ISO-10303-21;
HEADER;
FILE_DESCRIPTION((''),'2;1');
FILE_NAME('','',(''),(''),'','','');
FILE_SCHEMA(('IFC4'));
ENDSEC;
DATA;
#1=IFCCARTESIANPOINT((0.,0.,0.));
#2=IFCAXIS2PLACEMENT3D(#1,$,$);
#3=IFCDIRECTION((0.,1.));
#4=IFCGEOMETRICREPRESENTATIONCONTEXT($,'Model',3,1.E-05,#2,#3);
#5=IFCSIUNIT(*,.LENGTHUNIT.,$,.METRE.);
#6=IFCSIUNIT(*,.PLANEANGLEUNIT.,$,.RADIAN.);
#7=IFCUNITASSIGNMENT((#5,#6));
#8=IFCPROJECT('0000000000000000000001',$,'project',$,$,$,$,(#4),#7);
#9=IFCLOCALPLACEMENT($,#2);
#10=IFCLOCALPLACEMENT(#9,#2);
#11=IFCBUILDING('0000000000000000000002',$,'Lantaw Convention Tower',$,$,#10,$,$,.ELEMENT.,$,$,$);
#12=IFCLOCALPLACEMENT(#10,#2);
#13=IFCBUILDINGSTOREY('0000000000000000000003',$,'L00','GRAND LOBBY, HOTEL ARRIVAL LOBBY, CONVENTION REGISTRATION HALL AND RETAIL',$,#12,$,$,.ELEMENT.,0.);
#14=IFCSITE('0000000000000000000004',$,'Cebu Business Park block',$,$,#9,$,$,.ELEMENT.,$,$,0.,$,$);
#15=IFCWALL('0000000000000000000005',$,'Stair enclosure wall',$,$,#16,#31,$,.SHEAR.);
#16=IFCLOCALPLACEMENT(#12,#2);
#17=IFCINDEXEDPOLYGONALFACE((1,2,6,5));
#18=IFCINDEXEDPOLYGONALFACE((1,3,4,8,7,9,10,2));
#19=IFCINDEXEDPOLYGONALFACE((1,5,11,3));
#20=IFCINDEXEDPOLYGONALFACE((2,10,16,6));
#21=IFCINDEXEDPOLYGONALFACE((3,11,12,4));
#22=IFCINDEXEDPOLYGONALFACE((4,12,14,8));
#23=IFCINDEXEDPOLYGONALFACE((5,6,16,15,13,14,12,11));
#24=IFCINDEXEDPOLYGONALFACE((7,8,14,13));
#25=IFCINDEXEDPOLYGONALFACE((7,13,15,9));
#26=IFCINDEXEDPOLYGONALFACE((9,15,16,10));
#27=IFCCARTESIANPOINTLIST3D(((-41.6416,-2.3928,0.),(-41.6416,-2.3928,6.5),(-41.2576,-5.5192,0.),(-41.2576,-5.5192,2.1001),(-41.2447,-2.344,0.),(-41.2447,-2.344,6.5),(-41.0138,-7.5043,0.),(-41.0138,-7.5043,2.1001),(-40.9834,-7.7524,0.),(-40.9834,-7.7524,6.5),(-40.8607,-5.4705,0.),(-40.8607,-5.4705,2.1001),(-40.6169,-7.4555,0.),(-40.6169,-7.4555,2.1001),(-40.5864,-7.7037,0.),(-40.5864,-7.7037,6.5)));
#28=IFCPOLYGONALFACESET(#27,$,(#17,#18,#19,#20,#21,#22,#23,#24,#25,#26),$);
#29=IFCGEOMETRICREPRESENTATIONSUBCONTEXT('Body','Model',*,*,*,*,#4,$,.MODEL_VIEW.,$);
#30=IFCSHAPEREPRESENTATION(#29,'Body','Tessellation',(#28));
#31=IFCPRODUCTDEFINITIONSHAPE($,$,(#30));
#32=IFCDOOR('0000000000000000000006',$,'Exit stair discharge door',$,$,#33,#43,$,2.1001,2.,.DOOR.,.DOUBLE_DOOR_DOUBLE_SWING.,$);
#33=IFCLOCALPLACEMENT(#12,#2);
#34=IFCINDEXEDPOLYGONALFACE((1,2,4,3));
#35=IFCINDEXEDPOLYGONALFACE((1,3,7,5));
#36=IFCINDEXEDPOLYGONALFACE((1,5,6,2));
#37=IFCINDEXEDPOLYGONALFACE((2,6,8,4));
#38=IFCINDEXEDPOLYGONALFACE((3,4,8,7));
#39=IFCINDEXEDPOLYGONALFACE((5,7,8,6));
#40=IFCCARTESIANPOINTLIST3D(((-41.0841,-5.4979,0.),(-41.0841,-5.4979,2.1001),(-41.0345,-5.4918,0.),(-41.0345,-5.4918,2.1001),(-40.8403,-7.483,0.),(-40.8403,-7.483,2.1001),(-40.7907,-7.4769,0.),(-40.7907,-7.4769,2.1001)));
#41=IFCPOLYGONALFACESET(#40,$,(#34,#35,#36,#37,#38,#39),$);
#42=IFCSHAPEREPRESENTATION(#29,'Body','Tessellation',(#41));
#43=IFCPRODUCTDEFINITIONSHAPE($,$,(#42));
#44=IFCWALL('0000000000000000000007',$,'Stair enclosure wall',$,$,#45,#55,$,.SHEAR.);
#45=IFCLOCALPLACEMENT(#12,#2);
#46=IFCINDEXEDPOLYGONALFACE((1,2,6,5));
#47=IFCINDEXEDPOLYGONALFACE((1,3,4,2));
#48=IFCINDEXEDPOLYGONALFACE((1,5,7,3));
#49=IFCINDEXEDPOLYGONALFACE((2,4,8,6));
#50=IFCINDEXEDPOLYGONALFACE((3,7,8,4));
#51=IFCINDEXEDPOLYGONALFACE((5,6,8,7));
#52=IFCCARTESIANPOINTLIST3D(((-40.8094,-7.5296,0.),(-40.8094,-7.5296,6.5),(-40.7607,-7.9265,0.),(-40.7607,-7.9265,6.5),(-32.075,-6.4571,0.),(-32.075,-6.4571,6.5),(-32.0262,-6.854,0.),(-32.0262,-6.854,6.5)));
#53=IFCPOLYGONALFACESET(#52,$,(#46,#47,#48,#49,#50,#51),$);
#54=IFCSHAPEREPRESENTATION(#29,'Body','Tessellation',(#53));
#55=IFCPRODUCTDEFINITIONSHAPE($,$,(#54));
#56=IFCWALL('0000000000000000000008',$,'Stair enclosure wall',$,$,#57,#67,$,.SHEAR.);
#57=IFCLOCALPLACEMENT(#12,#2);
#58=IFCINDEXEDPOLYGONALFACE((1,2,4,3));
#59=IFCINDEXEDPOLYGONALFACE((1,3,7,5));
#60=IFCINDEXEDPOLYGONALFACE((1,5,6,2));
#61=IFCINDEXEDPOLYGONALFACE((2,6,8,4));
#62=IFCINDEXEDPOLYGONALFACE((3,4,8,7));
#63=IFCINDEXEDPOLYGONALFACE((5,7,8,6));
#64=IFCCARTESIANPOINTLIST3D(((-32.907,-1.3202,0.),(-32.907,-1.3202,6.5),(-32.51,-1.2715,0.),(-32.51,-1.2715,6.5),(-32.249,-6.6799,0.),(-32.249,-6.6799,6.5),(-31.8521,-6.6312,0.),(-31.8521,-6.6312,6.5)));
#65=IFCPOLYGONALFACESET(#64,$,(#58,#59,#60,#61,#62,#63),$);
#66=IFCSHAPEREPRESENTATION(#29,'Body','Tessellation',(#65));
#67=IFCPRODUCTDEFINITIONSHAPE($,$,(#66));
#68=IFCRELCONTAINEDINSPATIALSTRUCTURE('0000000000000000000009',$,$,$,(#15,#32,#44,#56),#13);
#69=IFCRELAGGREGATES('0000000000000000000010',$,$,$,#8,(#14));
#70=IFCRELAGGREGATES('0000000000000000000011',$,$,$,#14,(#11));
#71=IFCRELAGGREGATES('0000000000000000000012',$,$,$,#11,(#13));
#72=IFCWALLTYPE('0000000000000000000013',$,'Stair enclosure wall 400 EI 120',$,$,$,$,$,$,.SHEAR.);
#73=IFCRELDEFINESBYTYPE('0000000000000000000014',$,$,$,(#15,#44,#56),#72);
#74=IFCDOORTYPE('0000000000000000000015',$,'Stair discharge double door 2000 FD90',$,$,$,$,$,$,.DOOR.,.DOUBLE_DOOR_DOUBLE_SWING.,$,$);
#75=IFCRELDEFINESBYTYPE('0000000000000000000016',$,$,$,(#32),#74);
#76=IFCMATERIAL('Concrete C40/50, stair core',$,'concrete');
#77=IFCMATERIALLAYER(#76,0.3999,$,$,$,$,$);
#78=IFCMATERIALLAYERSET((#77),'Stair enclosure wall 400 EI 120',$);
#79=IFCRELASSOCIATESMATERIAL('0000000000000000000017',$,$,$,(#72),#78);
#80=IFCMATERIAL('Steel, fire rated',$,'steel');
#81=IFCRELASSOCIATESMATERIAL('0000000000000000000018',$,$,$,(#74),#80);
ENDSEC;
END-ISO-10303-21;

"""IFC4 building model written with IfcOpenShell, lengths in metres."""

from ifc_helpers import new_model, si_unit, direction, frame, frame_2d, origin, place, context, subcontext, project, spatial, rectangle, extrude, material, layer, layer_set, type_object, element, fill, save


model = new_model("IFC4")

# Units and contexts
model_context = context("Model", 3, precision=1e-05, world=origin(), true_north=direction((0.0, 1.0)))
body_context = subcontext(model_context, "Body", "Model", "MODEL_VIEW")
ifc_project = project(units=[si_unit("LENGTHUNIT", "METRE"), si_unit("PLANEANGLEUNIT", "RADIAN")], contexts=[model_context])

# Site, building, storey
site_placement = place(None, origin())
site = spatial("IfcSite", under=ifc_project, at=site_placement, Name="Cebu Business Park block", CompositionType="ELEMENT", RefElevation=0.0)
building_placement = place(site_placement, origin())
building = spatial("IfcBuilding", under=site, at=building_placement, Name="Lantaw Convention Tower", CompositionType="ELEMENT")
storey_placement = place(building_placement, origin())
storey = spatial("IfcBuildingStorey", under=building, at=storey_placement, Name="L00", Description="GRAND LOBBY, HOTEL ARRIVAL LOBBY, CONVENTION REGISTRATION HALL AND RETAIL", CompositionType="ELEMENT", Elevation=0.0)

# Shared definitions
ifc_material_1 = material(Name="Concrete C40/50, stair core", Category="concrete")
ifc_layer_1 = layer(ifc_material_1, 0.3999)
ifc_layer_set_1 = layer_set([ifc_layer_1], Name="Stair enclosure wall 400 EI 120")
wall_type_1 = type_object("IfcWallType", Name="Stair enclosure wall 400 EI 120", PredefinedType="SHEAR", material=ifc_layer_set_1)

# Wall, opening, door
wall_1_placement = place(storey_placement, frame((-41.4431, -2.3684, 0.0), z_axis=(0.0, 0.0, 1.0), x_axis=(0.121892, -0.992543, 0.0)))
wall_1 = element("IfcWall", 1, at=wall_1_placement, inside=storey, type_object=wall_type_1, Name="Stair enclosure wall", PredefinedType="SHEAR", context=body_context, shape_type="SweptSolid", body=[
    extrude(rectangle(XDim=5.3999, YDim=0.3999, at=frame_2d((2.7, 0.0))), origin(), (0.0, 0.0, 1.0), 6.5),
])
opening_1_placement = place(wall_1_placement, frame((3.1499, 0.0, 0.0)))
opening_1 = element("IfcOpeningElement", 2, at=opening_1_placement, cuts=wall_1, PredefinedType="OPENING", context=body_context, shape_type="SweptSolid", body=[
    extrude(rectangle(XDim=2.0, YDim=2.1001, at=frame_2d((1.0, 1.05))), frame((0.0, 0.21, 0.0), z_axis=(0.0, -1.0, 0.0), x_axis=(1.0, 0.0, 0.0)), (0.0, 0.0, 1.0), 0.4199),
])
ifc_material_2 = material(Name="Steel, fire rated", Category="steel")
door_type_1 = type_object("IfcDoorType", Name="Stair discharge double door 2000 FD90", OperationType="DOUBLE_DOOR_DOUBLE_SWING", PredefinedType="DOOR", material=ifc_material_2)
door_1_placement = place(opening_1_placement, origin())
door_1 = element("IfcDoor", 3, at=door_1_placement, inside=storey, type_object=door_type_1, Name="Exit stair discharge door", OperationType="DOUBLE_DOOR_DOUBLE_SWING", OverallHeight=2.1001, OverallWidth=2.0, PredefinedType="DOOR", context=body_context, shape_type="SweptSolid", body=[
    extrude(rectangle(XDim=2.0, YDim=2.1001, at=frame_2d((1.0, 1.05))), frame((0.0, 0.0249, 0.0), z_axis=(0.0, -1.0, 0.0), x_axis=(1.0, 0.0, 0.0)), (0.0, 0.0, 1.0), 0.05),
])
fill(opening_1, door_1)

# Walls
wall_2_placement = place(storey_placement, frame((-40.7849, -7.728, 0.0), z_axis=(0.0, 0.0, 1.0), x_axis=(0.992545, 0.121876, 0.0)))
element("IfcWall", 4, at=wall_2_placement, inside=storey, type_object=wall_type_1, Name="Stair enclosure wall", PredefinedType="SHEAR", context=body_context, shape_type="SweptSolid", body=[
    extrude(rectangle(XDim=8.8, YDim=0.3999, at=frame_2d((4.3999, 0.0))), origin(), (0.0, 0.0, 1.0), 6.5),
])
wall_3_placement = place(storey_placement, frame((-32.0505, -6.6555, 0.0), z_axis=(0.0, 0.0, 1.0), x_axis=(-0.121848, 0.992549, 0.0)))
element("IfcWall", 5, at=wall_3_placement, inside=storey, type_object=wall_type_1, Name="Stair enclosure wall", PredefinedType="SHEAR", context=body_context, shape_type="SweptSolid", body=[
    extrude(rectangle(XDim=5.3999, YDim=0.3999, at=frame_2d((2.7, 0.0))), origin(), (0.0, 0.0, 1.0), 6.5),
])

save(model, "model.ifc")
